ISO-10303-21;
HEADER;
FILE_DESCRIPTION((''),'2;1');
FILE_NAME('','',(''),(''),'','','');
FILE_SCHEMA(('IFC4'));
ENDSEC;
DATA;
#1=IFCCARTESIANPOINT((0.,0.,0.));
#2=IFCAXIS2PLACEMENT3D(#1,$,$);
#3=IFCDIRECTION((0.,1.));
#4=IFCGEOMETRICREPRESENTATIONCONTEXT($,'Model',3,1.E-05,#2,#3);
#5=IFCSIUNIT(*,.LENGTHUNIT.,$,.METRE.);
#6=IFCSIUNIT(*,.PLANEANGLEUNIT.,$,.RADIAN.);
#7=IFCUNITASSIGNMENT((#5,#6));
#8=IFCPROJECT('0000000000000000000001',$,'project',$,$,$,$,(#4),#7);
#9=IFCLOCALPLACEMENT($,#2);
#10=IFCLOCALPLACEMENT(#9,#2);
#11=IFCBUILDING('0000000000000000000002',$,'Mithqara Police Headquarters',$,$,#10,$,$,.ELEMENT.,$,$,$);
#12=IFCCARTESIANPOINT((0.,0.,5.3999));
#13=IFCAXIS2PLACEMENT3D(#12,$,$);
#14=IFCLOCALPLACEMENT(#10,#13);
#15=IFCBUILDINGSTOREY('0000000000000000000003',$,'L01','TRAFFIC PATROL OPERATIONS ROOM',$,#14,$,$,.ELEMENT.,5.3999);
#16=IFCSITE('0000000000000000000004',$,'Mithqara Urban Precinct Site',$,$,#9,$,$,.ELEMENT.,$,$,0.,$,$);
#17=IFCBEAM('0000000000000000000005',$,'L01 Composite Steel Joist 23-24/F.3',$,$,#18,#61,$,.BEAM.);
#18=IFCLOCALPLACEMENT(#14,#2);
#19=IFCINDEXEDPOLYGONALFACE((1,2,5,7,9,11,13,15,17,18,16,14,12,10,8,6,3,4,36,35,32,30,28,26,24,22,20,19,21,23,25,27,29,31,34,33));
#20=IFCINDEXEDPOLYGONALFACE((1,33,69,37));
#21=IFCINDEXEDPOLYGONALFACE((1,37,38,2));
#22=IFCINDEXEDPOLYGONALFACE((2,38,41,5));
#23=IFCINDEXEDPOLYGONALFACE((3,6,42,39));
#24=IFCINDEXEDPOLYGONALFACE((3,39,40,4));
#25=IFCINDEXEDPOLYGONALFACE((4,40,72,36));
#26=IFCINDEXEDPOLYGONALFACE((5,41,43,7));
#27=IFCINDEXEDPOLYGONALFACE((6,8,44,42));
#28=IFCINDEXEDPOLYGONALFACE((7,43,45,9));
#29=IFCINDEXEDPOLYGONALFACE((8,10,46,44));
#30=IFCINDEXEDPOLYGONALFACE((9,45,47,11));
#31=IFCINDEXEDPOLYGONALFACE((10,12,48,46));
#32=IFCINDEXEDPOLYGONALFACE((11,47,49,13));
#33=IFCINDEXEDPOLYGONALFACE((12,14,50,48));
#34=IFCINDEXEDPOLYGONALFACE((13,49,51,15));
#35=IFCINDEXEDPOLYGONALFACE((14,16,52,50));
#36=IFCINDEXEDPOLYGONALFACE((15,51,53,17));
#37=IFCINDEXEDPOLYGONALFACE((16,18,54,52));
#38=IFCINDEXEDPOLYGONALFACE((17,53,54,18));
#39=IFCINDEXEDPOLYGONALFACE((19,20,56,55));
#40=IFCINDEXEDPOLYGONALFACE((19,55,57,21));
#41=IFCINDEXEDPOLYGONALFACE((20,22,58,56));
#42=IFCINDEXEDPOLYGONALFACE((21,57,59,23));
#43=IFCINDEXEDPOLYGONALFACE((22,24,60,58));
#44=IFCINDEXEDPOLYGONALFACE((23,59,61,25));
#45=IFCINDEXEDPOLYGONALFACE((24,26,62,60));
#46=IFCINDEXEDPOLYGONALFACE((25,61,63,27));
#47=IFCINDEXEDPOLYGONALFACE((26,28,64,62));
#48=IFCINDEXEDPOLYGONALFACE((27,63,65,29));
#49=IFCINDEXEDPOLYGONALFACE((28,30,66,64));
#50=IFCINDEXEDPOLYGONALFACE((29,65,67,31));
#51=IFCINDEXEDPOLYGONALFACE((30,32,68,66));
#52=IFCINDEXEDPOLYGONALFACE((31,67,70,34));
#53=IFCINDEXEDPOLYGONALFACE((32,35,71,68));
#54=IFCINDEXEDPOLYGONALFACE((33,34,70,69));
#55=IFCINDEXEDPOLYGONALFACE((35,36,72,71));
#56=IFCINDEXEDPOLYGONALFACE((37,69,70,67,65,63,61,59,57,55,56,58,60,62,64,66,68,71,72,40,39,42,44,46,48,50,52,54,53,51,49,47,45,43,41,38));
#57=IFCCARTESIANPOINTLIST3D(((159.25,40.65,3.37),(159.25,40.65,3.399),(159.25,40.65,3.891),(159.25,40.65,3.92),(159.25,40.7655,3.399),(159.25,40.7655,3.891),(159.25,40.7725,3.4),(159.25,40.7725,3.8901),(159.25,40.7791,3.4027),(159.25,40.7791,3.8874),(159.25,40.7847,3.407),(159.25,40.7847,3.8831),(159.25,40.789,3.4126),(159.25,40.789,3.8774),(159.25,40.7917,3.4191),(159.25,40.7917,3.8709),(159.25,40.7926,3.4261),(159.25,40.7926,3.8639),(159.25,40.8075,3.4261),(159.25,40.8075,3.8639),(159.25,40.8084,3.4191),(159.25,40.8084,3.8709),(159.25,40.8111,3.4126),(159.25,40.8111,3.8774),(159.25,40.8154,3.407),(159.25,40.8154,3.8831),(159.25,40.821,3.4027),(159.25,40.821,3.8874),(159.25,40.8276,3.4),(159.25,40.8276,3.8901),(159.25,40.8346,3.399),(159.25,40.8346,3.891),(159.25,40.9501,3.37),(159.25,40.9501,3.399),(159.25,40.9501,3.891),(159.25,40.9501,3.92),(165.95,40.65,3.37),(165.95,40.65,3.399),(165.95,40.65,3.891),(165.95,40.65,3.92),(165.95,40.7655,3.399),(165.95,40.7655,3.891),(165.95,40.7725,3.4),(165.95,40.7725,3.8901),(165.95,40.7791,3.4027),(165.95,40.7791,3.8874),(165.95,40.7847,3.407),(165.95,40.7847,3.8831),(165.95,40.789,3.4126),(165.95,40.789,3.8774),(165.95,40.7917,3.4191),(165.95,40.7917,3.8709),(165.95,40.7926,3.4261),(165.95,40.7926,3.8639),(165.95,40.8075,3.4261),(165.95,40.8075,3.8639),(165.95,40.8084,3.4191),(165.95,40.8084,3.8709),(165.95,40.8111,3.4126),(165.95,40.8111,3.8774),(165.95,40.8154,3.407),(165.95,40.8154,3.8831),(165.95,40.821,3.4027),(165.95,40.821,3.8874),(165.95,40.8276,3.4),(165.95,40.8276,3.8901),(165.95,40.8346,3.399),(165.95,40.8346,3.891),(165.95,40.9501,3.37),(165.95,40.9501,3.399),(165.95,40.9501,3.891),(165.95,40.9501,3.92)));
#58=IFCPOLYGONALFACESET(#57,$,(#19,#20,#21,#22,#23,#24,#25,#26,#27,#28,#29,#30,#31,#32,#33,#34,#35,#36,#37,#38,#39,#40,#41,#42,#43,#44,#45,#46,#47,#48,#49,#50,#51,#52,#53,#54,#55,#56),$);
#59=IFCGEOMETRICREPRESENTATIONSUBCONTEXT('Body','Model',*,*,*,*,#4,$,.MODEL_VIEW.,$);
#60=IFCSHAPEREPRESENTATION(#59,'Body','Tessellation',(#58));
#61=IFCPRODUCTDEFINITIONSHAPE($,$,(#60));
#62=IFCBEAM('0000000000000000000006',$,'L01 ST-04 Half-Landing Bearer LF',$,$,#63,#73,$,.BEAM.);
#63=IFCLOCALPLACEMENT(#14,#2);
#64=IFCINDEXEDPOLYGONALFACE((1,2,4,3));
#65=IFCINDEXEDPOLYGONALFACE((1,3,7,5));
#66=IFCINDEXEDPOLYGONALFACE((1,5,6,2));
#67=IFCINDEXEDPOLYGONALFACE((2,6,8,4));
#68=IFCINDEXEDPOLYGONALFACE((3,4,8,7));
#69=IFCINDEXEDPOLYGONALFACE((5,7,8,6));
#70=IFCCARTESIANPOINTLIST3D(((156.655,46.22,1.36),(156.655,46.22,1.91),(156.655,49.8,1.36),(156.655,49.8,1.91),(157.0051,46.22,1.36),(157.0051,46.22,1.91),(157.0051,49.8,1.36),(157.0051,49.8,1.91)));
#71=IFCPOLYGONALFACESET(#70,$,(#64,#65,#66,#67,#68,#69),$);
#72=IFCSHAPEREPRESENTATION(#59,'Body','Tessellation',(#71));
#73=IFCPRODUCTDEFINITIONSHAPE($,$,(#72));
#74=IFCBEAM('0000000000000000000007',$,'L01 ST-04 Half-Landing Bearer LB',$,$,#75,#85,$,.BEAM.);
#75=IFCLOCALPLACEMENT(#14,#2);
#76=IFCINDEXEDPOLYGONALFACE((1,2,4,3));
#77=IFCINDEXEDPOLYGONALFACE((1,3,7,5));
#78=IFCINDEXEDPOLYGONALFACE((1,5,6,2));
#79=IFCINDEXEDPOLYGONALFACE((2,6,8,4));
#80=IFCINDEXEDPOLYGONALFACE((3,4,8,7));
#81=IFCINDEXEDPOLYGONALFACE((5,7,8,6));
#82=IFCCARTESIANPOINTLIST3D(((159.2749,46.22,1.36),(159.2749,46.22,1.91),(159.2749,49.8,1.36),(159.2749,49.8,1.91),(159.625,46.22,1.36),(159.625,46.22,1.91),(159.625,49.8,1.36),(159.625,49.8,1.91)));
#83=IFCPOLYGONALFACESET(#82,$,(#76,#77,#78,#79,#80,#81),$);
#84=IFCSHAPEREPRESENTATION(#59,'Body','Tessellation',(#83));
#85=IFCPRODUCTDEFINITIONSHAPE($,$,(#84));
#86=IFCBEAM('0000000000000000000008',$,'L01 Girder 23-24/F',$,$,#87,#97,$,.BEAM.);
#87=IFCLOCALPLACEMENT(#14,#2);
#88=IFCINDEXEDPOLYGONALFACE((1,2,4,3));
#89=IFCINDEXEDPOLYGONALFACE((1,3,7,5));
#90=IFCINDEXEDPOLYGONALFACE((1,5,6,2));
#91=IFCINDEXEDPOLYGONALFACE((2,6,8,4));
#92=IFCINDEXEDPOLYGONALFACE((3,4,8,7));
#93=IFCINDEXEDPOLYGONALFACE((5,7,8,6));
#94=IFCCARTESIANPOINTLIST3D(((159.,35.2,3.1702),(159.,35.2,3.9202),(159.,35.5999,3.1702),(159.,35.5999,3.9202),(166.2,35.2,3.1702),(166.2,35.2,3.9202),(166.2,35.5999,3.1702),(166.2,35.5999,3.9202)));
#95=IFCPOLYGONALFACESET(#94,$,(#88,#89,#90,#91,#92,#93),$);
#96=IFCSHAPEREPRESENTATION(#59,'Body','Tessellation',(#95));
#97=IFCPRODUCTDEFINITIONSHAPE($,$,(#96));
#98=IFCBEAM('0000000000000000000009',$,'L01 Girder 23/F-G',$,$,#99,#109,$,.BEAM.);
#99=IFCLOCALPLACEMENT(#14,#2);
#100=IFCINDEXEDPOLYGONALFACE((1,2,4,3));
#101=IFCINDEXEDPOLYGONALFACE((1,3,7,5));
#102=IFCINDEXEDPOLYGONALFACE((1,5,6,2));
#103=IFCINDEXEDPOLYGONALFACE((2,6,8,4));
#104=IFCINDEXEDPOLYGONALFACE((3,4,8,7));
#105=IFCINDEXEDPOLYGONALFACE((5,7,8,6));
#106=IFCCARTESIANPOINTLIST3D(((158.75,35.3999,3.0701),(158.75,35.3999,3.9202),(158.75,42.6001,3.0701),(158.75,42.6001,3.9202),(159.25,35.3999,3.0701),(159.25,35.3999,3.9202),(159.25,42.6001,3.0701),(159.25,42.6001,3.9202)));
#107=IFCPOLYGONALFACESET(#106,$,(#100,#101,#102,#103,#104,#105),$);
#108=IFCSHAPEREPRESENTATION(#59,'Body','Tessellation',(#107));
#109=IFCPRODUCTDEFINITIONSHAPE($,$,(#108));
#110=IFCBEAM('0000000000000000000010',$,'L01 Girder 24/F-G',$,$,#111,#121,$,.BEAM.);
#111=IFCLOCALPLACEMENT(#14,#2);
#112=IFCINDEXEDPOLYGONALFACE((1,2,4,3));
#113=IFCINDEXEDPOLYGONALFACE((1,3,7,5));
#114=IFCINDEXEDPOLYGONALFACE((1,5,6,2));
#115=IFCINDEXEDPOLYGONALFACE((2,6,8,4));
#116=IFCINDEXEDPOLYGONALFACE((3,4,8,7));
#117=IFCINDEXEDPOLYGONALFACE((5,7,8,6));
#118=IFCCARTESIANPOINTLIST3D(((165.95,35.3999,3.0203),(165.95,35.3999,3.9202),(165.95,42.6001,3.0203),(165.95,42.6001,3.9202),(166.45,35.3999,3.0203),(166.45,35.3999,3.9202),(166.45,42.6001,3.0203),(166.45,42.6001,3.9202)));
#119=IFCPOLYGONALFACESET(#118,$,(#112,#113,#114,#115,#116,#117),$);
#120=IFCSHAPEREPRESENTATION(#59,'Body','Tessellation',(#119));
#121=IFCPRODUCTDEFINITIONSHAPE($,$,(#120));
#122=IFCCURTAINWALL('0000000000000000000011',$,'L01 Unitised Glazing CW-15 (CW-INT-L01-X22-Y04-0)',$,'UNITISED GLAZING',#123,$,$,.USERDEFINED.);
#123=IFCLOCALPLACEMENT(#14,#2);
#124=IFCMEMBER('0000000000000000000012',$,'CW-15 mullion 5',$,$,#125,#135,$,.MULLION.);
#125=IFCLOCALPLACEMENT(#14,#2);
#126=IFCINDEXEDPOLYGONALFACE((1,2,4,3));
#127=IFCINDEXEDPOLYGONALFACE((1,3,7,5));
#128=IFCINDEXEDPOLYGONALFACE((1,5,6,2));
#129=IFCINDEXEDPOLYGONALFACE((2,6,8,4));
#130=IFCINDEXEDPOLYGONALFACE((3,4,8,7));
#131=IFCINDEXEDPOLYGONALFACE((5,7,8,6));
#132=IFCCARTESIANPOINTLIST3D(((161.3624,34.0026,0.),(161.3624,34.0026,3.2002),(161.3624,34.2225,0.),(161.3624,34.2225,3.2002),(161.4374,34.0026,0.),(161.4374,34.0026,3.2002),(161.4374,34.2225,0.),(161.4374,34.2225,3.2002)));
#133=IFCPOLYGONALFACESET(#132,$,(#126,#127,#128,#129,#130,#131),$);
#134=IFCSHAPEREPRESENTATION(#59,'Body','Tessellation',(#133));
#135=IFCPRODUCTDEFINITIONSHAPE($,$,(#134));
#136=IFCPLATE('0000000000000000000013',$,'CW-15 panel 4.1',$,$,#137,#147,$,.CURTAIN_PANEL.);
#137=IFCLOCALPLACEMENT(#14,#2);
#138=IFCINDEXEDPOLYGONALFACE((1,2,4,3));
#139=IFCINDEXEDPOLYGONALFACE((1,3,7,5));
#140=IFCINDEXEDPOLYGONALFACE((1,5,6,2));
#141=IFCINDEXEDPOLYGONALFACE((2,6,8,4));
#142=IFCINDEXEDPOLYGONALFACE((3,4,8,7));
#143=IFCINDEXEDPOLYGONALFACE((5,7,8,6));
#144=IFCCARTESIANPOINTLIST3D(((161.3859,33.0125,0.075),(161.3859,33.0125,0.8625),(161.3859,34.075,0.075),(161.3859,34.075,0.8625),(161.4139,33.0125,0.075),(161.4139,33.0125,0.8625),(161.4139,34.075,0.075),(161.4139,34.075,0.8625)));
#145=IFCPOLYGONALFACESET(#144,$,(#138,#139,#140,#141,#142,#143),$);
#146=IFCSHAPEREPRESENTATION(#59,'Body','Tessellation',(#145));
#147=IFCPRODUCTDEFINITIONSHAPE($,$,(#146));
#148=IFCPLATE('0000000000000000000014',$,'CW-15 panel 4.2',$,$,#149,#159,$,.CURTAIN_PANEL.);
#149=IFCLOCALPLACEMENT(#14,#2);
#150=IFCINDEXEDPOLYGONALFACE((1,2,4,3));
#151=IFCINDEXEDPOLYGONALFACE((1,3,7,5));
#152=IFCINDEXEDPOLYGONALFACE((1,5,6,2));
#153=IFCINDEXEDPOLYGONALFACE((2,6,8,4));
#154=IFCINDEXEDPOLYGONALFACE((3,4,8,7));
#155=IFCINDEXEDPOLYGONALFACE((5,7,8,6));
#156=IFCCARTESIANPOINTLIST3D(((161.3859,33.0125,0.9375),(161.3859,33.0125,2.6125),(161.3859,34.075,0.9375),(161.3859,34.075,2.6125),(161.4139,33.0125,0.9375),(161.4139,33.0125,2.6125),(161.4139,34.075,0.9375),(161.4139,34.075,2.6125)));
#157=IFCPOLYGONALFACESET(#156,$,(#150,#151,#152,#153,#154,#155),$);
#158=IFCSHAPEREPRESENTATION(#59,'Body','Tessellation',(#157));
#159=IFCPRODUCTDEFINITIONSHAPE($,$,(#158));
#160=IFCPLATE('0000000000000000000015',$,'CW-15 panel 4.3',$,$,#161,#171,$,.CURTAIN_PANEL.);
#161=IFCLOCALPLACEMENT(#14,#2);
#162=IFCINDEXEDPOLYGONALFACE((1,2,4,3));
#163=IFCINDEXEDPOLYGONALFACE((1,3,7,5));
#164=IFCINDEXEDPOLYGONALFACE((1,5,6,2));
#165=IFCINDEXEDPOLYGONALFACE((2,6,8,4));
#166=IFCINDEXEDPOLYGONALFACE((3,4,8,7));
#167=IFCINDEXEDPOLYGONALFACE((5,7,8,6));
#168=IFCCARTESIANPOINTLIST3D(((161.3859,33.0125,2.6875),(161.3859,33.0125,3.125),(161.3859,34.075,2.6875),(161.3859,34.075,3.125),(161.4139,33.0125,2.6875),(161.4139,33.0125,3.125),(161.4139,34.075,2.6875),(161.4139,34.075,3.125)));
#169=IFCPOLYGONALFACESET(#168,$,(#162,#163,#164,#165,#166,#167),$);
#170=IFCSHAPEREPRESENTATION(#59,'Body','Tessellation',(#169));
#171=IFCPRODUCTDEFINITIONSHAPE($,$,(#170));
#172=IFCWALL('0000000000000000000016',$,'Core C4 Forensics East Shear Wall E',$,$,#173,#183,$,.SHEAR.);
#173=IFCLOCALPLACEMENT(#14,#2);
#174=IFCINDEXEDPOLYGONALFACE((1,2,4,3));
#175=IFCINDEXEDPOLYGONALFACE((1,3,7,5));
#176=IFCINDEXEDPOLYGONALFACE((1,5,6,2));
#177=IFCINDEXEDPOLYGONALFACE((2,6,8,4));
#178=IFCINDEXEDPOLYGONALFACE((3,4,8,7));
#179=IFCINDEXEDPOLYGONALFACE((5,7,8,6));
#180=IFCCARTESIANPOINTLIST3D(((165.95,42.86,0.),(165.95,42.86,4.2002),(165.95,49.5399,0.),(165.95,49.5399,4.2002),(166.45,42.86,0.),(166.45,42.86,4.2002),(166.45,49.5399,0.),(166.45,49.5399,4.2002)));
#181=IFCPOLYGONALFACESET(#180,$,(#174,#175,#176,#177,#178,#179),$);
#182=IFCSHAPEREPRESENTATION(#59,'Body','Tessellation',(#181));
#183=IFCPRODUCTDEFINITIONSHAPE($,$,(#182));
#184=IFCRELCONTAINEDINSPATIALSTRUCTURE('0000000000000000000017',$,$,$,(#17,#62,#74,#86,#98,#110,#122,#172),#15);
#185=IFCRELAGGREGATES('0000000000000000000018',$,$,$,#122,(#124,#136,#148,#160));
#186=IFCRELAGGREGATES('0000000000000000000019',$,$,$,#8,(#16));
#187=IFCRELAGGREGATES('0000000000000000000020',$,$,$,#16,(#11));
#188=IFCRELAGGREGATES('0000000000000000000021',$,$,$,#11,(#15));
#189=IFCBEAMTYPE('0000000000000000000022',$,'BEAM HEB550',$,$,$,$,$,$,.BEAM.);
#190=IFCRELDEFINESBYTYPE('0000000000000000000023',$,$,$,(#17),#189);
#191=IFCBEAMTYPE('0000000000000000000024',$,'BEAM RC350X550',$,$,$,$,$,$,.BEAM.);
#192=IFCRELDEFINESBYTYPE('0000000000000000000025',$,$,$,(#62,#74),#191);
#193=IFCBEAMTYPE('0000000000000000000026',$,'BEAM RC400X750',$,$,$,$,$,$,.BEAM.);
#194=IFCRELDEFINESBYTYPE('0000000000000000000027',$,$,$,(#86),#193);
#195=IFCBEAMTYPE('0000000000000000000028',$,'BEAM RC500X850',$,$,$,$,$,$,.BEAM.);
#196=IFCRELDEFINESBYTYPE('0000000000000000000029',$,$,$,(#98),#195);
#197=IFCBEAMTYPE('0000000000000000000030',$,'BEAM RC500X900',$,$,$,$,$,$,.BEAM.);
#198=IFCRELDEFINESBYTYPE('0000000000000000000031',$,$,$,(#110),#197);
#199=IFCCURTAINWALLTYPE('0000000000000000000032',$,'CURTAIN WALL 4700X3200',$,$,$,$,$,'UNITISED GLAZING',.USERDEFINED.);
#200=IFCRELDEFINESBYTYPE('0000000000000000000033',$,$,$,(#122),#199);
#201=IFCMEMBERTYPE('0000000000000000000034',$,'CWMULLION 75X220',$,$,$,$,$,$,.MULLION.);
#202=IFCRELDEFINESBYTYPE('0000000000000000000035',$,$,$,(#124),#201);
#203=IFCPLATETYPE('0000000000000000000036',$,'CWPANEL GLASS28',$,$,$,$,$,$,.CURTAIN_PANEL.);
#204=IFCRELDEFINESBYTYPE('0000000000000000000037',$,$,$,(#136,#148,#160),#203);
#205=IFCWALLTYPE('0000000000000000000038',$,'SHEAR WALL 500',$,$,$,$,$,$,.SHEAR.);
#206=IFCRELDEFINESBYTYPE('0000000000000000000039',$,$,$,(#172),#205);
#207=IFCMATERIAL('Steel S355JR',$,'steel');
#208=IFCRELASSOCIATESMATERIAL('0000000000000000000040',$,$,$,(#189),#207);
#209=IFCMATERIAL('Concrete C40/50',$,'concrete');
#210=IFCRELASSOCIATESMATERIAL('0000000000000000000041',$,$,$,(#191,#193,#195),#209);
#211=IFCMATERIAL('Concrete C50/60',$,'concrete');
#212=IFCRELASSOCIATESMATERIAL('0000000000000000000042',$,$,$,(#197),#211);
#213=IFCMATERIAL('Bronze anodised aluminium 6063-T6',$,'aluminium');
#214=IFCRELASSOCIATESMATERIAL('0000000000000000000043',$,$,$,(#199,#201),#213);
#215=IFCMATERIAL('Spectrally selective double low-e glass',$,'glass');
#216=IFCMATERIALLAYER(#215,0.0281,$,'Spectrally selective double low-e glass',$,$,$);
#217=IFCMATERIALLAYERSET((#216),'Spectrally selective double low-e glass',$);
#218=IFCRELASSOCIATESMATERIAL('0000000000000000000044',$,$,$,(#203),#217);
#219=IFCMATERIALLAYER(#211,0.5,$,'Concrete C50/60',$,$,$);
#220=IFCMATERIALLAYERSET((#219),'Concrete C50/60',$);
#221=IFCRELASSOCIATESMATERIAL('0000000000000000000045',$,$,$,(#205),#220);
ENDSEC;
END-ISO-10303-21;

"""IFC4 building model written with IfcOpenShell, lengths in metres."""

from ifc_helpers import new_model, si_unit, direction, frame, frame_2d, origin, origin_2d, place, context, subcontext, project, spatial, rectangle, i_section, extrude, material, layer, layer_set, material_profile, profile_set, type_object, element, aggregate, save


model = new_model("IFC4")

# Units and contexts
model_context = context("Model", 3, precision=1e-05, world=origin(), true_north=direction((0.0, 1.0)))
body_context = subcontext(model_context, "Body", "Model", "MODEL_VIEW")
ifc_project = project(units=[si_unit("LENGTHUNIT", "METRE"), si_unit("PLANEANGLEUNIT", "RADIAN")], contexts=[model_context])

# Site, building, storey
site_placement = place(None, origin())
site = spatial("IfcSite", under=ifc_project, at=site_placement, Name="Mithqara Urban Precinct Site", CompositionType="ELEMENT", RefElevation=0.0)
building_placement = place(site_placement, origin())
building = spatial("IfcBuilding", under=site, at=building_placement, Name="Mithqara Police Headquarters", CompositionType="ELEMENT")
storey_placement = place(building_placement, frame((0.0, 0.0, 5.3999)))
storey = spatial("IfcBuildingStorey", under=building, at=storey_placement, Name="L01", Description="TRAFFIC PATROL OPERATIONS ROOM", CompositionType="ELEMENT", Elevation=5.3999)

# Shared definitions
ifc_material_1 = material(Name="Concrete C50/60", Category="concrete")

# Beams
ifc_material_2 = material(Name="Steel S355JR", Category="steel")
ifc_material_profile_1 = material_profile(ifc_material_2, i_section(OverallWidth=0.3, OverallDepth=0.55, WebThickness=0.0149, FlangeThickness=0.0291, FilletRadius=0.0271, at=origin_2d()), Name="HEB 550")
ifc_profile_set_1 = profile_set([ifc_material_profile_1], Name="Steel S355JR")
beam_type_1 = type_object("IfcBeamType", Name="BEAM HEB550", PredefinedType="BEAM", material=ifc_profile_set_1)
for number, where, z_axis, x_axis, name in (
    (1, (159.25, 40.8, 3.645), (1.0, 0.0, 0.0), (0.0, 1.0, 0.0), "L01 Composite Steel Joist 23-24/F.3"),
):
    element("IfcBeam", number, at=place(storey_placement, frame(where, z_axis=z_axis, x_axis=x_axis)), inside=storey, type_object=beam_type_1, Name=name, PredefinedType="BEAM", context=body_context, shape_type="SweptSolid", body=[
        extrude(i_section(OverallWidth=0.3, OverallDepth=0.55, WebThickness=0.0149, FlangeThickness=0.0291, FilletRadius=0.0271, at=origin_2d()), origin(), (0.0, 0.0, 1.0), 6.7),
    ])
ifc_material_3 = material(Name="Concrete C40/50", Category="concrete")
ifc_material_profile_2 = material_profile(ifc_material_3, rectangle(XDim=0.3501, YDim=0.55, at=origin_2d()), Name="RC 350x550")
ifc_profile_set_2 = profile_set([ifc_material_profile_2], Name="Concrete C40/50")
beam_type_2 = type_object("IfcBeamType", Name="BEAM RC350X550", PredefinedType="BEAM", material=ifc_profile_set_2)
for number, where, z_axis, x_axis, name in (
    (2, (156.8301, 46.22, 1.635), (0.0, 1.0, 0.0), (-1.0, 0.0, 0.0), "L01 ST-04 Half-Landing Bearer LF"),
    (3, (159.45, 46.22, 1.635), (0.0, 1.0, 0.0), (-1.0, 0.0, 0.0), "L01 ST-04 Half-Landing Bearer LB"),
):
    element("IfcBeam", number, at=place(storey_placement, frame(where, z_axis=z_axis, x_axis=x_axis)), inside=storey, type_object=beam_type_2, Name=name, PredefinedType="BEAM", context=body_context, shape_type="SweptSolid", body=[
        extrude(rectangle(XDim=0.3501, YDim=0.55, at=origin_2d()), origin(), (0.0, 0.0, 1.0), 3.5801),
    ])
ifc_material_profile_3 = material_profile(ifc_material_3, rectangle(XDim=0.3999, YDim=0.75, at=origin_2d()), Name="RC 400x750")
ifc_profile_set_3 = profile_set([ifc_material_profile_3], Name="Concrete C40/50")
beam_type_3 = type_object("IfcBeamType", Name="BEAM RC400X750", PredefinedType="BEAM", material=ifc_profile_set_3)
beam_1_placement = place(storey_placement, frame((159.0, 35.3999, 3.5452), z_axis=(1.0, 0.0, 0.0), x_axis=(0.0, 1.0, 0.0)))
element("IfcBeam", 4, at=beam_1_placement, inside=storey, type_object=beam_type_3, Name="L01 Girder 23-24/F", PredefinedType="BEAM", context=body_context, shape_type="SweptSolid", body=[
    extrude(rectangle(XDim=0.3999, YDim=0.75, at=origin_2d()), origin(), (0.0, 0.0, 1.0), 7.2),
])
ifc_material_profile_4 = material_profile(ifc_material_3, rectangle(XDim=0.5, YDim=0.8501, at=origin_2d()), Name="RC 500x850")
ifc_profile_set_4 = profile_set([ifc_material_profile_4], Name="Concrete C40/50")
beam_type_4 = type_object("IfcBeamType", Name="BEAM RC500X850", PredefinedType="BEAM", material=ifc_profile_set_4)
beam_2_placement = place(storey_placement, frame((159.0, 35.3999, 3.4951), z_axis=(0.0, 1.0, 0.0), x_axis=(-1.0, 0.0, 0.0)))
element("IfcBeam", 5, at=beam_2_placement, inside=storey, type_object=beam_type_4, Name="L01 Girder 23/F-G", PredefinedType="BEAM", context=body_context, shape_type="SweptSolid", body=[
    extrude(rectangle(XDim=0.5, YDim=0.8501, at=origin_2d()), origin(), (0.0, 0.0, 1.0), 7.2002),
])
ifc_material_profile_5 = material_profile(ifc_material_1, rectangle(XDim=0.5, YDim=0.8999, at=origin_2d()), Name="RC 500x900")
ifc_profile_set_5 = profile_set([ifc_material_profile_5], Name="Concrete C50/60")
beam_type_5 = type_object("IfcBeamType", Name="BEAM RC500X900", PredefinedType="BEAM", material=ifc_profile_set_5)
beam_3_placement = place(storey_placement, frame((166.2, 35.3999, 3.4702), z_axis=(0.0, 1.0, 0.0), x_axis=(-1.0, 0.0, 0.0)))
element("IfcBeam", 6, at=beam_3_placement, inside=storey, type_object=beam_type_5, Name="L01 Girder 24/F-G", PredefinedType="BEAM", context=body_context, shape_type="SweptSolid", body=[
    extrude(rectangle(XDim=0.5, YDim=0.8999, at=origin_2d()), origin(), (0.0, 0.0, 1.0), 7.2002),
])

# Curtain wall, member, plates
ifc_material_4 = material(Name="Bronze anodised aluminium 6063-T6", Category="aluminium")
curtain_wall_type = type_object("IfcCurtainWallType", Name="CURTAIN WALL 4700X3200", ElementType="UNITISED GLAZING", PredefinedType="USERDEFINED", material=ifc_material_4)
curtain_wall_placement = place(storey_placement, origin())
curtain_wall = element("IfcCurtainWall", 7, at=curtain_wall_placement, inside=storey, type_object=curtain_wall_type, Name="L01 Unitised Glazing CW-15 (CW-INT-L01-X22-Y04-0)", ObjectType="UNITISED GLAZING", PredefinedType="USERDEFINED")
ifc_material_profile_6 = material_profile(ifc_material_4, rectangle(XDim=0.075, YDim=0.22, at=origin_2d()), Name="CWM 75x220")
ifc_profile_set_6 = profile_set([ifc_material_profile_6], Name="Bronze anodised aluminium 6063-T6")
member_type = type_object("IfcMemberType", Name="CWMULLION 75X220", PredefinedType="MULLION", material=ifc_profile_set_6)
member_placement = place(storey_placement, frame((161.3999, 34.1125, 0.0), z_axis=(0.0, 0.0, 1.0), x_axis=(-1.0, 0.0, 0.0)))
member = element("IfcMember", 8, at=member_placement, type_object=member_type, Name="CW-15 mullion 5", PredefinedType="MULLION", context=body_context, shape_type="SweptSolid", body=[
    extrude(rectangle(XDim=0.075, YDim=0.22, at=origin_2d()), origin(), (0.0, 0.0, 1.0), 3.2002),
])
ifc_material_5 = material(Name="Spectrally selective double low-e glass", Category="glass")
ifc_layer_1 = layer(ifc_material_5, 0.0281, Name="Spectrally selective double low-e glass")
ifc_layer_set_1 = layer_set([ifc_layer_1], Name="Spectrally selective double low-e glass")
plate_type = type_object("IfcPlateType", Name="CWPANEL GLASS28", PredefinedType="CURTAIN_PANEL", material=ifc_layer_set_1)
plate_1_placement = place(storey_placement, frame((161.3999, 33.5437, 0.075), z_axis=(0.0, 0.0, 1.0), x_axis=(0.0, 1.0, 0.0)))
plate_1 = element("IfcPlate", 9, at=plate_1_placement, type_object=plate_type, Name="CW-15 panel 4.1", PredefinedType="CURTAIN_PANEL", context=body_context, shape_type="SweptSolid", body=[
    extrude(rectangle(XDim=1.0625, YDim=0.0281, at=origin_2d()), origin(), (0.0, 0.0, 1.0), 0.7876),
])
plate_2_placement = place(storey_placement, frame((161.3999, 33.5437, 0.9375), z_axis=(0.0, 0.0, 1.0), x_axis=(0.0, 1.0, 0.0)))
plate_2 = element("IfcPlate", 10, at=plate_2_placement, type_object=plate_type, Name="CW-15 panel 4.2", PredefinedType="CURTAIN_PANEL", context=body_context, shape_type="SweptSolid", body=[
    extrude(rectangle(XDim=1.0625, YDim=0.0281, at=origin_2d()), origin(), (0.0, 0.0, 1.0), 1.675),
])
plate_3_placement = place(storey_placement, frame((161.3999, 33.5437, 2.6875), z_axis=(0.0, 0.0, 1.0), x_axis=(0.0, 1.0, 0.0)))
plate_3 = element("IfcPlate", 11, at=plate_3_placement, type_object=plate_type, Name="CW-15 panel 4.3", PredefinedType="CURTAIN_PANEL", context=body_context, shape_type="SweptSolid", body=[
    extrude(rectangle(XDim=1.0625, YDim=0.0281, at=origin_2d()), origin(), (0.0, 0.0, 1.0), 0.4375),
])
aggregate(curtain_wall, [member, plate_1, plate_2, plate_3])

# Wall
ifc_layer_2 = layer(ifc_material_1, 0.5, Name="Concrete C50/60")
ifc_layer_set_2 = layer_set([ifc_layer_2], Name="Concrete C50/60")
wall_type = type_object("IfcWallType", Name="SHEAR WALL 500", PredefinedType="SHEAR", material=ifc_layer_set_2)
wall_placement = place(storey_placement, frame((166.2, 42.8601, 0.0), z_axis=(0.0, 0.0, 1.0), x_axis=(0.0, 1.0, 0.0)))
element("IfcWall", 12, at=wall_placement, inside=storey, type_object=wall_type, Name="Core C4 Forensics East Shear Wall E", PredefinedType="SHEAR", context=body_context, shape_type="SweptSolid", body=[
    extrude(rectangle(XDim=6.6799, YDim=0.5, at=frame_2d((3.3398, 0.0))), origin(), (0.0, 0.0, 1.0), 4.2002),
])

save(model, "model.ifc")
